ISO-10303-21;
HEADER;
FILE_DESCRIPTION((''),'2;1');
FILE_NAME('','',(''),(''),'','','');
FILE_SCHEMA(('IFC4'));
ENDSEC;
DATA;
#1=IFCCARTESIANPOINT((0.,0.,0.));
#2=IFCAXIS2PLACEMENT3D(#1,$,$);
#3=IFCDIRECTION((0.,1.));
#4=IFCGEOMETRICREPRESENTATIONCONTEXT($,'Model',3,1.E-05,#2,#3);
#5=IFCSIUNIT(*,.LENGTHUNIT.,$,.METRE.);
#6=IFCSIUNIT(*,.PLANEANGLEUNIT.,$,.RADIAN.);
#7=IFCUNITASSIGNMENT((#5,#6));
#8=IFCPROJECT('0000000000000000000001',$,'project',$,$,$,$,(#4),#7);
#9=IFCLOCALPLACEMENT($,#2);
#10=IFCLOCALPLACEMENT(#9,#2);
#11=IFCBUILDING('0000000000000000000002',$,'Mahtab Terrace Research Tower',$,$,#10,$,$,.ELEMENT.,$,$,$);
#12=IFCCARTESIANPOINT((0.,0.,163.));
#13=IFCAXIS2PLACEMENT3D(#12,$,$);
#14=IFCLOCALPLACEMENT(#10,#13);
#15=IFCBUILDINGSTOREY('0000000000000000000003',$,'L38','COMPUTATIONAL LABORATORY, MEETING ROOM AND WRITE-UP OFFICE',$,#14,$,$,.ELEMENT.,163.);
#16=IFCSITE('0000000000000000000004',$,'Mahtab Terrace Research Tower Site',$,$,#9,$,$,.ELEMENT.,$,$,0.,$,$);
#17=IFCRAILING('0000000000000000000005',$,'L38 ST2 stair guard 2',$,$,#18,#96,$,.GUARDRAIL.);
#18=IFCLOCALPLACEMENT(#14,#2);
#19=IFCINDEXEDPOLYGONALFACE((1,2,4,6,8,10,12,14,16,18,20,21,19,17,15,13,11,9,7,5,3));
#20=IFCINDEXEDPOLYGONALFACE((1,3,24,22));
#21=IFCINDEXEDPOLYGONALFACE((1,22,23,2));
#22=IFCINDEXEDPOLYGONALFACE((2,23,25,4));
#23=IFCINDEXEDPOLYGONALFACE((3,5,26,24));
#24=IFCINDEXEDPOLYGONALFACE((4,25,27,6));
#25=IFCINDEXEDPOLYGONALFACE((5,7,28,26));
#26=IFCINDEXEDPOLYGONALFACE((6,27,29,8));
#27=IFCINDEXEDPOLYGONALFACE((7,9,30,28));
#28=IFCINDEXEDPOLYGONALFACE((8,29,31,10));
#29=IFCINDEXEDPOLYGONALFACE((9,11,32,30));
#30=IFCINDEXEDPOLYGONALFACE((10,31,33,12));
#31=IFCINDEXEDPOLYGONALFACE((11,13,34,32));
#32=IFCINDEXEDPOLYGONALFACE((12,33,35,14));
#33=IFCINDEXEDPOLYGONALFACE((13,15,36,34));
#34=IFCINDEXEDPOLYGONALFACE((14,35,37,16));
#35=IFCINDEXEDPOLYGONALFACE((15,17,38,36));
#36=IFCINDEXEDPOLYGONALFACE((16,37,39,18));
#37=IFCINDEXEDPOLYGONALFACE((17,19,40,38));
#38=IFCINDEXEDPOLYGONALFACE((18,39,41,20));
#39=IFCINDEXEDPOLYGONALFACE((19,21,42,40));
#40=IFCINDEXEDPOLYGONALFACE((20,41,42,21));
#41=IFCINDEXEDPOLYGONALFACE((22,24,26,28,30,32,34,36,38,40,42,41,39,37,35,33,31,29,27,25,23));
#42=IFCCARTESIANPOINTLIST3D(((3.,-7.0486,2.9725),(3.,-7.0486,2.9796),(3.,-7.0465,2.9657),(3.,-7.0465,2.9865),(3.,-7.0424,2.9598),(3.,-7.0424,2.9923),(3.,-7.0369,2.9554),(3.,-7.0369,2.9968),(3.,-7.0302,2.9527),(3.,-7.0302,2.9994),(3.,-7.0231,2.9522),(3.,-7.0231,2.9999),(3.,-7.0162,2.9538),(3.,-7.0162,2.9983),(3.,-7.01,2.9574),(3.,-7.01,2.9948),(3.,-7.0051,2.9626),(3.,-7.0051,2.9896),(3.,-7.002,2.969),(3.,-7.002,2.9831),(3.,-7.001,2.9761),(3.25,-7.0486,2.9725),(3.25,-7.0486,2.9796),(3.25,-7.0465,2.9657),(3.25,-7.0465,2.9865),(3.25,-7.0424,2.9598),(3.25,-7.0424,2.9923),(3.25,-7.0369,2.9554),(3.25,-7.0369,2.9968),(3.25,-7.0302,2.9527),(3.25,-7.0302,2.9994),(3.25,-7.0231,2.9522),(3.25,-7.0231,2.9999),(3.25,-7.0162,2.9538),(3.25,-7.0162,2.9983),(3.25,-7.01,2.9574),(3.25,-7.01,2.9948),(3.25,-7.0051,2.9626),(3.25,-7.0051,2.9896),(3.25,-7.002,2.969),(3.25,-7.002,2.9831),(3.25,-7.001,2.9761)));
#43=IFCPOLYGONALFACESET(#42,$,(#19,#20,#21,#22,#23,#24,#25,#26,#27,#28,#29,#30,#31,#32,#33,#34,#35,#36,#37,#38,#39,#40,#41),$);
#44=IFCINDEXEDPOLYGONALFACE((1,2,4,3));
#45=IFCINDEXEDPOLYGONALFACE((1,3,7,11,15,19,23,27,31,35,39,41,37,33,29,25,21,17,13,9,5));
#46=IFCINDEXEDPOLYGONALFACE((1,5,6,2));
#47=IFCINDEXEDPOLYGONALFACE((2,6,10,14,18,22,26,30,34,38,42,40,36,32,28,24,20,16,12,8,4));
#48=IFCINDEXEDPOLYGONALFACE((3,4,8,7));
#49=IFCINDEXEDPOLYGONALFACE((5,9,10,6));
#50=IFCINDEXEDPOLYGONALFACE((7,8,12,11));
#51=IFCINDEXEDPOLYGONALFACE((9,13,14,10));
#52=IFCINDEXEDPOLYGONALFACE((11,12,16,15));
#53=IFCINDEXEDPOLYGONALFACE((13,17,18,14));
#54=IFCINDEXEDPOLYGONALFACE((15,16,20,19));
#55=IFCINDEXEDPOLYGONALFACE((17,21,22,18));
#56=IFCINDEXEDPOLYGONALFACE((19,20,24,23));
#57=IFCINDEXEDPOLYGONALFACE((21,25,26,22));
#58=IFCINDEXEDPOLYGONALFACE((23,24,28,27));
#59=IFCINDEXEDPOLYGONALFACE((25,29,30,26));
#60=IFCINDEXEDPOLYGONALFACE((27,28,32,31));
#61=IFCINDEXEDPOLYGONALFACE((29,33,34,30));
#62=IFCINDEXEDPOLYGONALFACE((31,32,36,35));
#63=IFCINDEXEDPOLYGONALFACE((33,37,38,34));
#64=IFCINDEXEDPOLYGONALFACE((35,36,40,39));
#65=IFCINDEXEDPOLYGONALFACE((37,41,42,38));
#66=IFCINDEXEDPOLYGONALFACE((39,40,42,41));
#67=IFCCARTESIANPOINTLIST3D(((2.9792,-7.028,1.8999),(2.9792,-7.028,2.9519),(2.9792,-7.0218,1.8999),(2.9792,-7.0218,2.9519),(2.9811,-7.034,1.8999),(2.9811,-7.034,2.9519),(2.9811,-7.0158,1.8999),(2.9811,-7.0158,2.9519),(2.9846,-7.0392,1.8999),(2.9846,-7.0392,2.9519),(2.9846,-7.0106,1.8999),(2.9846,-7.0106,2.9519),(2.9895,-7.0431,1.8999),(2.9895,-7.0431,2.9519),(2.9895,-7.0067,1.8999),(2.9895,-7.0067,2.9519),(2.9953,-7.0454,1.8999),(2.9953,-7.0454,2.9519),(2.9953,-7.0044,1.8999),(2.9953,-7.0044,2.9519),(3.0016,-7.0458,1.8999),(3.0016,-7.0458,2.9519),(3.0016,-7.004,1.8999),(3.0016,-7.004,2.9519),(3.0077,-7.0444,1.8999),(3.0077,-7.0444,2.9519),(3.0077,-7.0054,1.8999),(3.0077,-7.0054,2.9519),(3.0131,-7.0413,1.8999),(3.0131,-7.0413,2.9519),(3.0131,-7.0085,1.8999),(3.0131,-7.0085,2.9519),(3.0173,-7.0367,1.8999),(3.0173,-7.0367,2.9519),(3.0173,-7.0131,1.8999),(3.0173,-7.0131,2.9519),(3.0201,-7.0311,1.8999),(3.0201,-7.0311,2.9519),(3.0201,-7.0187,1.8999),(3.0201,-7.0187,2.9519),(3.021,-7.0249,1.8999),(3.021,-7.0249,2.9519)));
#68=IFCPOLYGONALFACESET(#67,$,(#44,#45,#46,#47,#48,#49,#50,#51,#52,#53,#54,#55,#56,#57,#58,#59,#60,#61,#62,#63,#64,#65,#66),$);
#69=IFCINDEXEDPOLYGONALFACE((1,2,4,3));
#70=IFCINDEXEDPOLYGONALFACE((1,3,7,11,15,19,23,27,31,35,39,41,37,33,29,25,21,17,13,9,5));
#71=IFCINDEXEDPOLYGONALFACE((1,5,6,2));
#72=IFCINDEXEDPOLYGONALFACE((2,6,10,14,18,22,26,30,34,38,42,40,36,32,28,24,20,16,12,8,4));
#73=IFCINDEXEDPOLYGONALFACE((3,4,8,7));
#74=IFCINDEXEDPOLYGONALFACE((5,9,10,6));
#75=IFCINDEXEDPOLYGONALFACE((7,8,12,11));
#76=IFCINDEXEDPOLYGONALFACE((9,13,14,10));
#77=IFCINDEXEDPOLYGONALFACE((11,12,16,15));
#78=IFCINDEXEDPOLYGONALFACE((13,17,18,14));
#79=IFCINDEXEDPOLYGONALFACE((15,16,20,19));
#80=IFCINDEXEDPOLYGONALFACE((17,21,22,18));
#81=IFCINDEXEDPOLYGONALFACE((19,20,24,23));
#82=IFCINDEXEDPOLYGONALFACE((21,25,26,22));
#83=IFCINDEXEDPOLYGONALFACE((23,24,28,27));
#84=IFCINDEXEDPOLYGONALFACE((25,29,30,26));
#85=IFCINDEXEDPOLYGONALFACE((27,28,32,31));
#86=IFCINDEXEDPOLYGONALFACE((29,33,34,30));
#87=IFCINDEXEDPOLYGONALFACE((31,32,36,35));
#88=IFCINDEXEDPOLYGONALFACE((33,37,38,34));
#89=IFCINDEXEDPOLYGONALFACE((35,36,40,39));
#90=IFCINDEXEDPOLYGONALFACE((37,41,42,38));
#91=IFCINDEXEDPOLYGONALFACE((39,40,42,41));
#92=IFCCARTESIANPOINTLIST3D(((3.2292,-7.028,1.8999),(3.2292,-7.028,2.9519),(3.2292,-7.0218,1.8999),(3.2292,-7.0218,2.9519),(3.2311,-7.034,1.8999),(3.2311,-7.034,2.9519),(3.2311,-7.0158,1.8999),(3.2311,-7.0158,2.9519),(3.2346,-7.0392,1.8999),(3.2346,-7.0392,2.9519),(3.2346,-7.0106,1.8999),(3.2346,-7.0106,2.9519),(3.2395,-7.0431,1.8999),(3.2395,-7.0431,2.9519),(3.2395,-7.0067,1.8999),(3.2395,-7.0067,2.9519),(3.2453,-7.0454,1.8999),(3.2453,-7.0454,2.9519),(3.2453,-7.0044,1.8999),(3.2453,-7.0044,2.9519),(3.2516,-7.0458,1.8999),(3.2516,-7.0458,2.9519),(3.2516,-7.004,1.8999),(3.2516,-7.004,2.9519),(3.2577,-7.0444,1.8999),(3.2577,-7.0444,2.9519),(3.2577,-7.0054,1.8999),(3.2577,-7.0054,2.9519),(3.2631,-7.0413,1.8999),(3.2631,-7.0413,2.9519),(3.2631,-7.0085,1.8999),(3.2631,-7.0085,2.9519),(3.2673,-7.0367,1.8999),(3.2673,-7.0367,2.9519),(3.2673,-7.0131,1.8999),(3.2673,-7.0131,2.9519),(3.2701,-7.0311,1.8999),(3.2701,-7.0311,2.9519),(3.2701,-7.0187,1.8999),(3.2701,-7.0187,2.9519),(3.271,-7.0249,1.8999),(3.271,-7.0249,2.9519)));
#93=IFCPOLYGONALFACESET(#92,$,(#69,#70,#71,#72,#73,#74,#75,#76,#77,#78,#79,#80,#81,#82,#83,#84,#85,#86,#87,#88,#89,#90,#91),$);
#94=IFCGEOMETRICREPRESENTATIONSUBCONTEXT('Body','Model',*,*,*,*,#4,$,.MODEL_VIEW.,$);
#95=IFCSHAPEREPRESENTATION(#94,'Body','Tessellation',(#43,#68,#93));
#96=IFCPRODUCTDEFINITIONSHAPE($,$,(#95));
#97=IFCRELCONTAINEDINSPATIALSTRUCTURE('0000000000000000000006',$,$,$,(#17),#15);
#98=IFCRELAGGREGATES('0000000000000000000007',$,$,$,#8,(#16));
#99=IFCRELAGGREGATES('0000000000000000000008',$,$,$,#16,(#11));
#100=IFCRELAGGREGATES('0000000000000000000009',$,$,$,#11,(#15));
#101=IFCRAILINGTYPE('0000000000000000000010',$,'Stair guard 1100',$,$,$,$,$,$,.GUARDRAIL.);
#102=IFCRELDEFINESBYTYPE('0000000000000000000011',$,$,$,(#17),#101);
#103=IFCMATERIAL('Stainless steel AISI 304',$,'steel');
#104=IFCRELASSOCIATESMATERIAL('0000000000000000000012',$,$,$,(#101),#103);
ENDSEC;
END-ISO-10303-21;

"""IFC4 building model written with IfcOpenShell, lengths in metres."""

from ifc_helpers import new_model, si_unit, direction, frame, origin, origin_2d, place, context, subcontext, project, spatial, circle, extrude, material, type_object, element, save


model = new_model("IFC4")

# Units and contexts
model_context = context("Model", 3, precision=1e-05, world=origin(), true_north=direction((0.0, 1.0)))
body_context = subcontext(model_context, "Body", "Model", "MODEL_VIEW")
ifc_project = project(units=[si_unit("LENGTHUNIT", "METRE"), si_unit("PLANEANGLEUNIT", "RADIAN")], contexts=[model_context])

# Site, building, storey
site_placement = place(None, origin())
site = spatial("IfcSite", under=ifc_project, at=site_placement, Name="Mahtab Terrace Research Tower Site", CompositionType="ELEMENT", RefElevation=0.0)
building_placement = place(site_placement, origin())
building = spatial("IfcBuilding", under=site, at=building_placement, Name="Mahtab Terrace Research Tower", CompositionType="ELEMENT")
storey_placement = place(building_placement, frame((0.0, 0.0, 163.0)))
storey = spatial("IfcBuildingStorey", under=building, at=storey_placement, Name="L38", Description="COMPUTATIONAL LABORATORY, MEETING ROOM AND WRITE-UP OFFICE", CompositionType="ELEMENT", Elevation=163.0)

# Railing
ifc_material_1 = material(Name="Stainless steel AISI 304", Category="steel")
railing_type_1 = type_object("IfcRailingType", Name="Stair guard 1100", PredefinedType="GUARDRAIL", material=ifc_material_1)
railing_1_placement = place(storey_placement, frame((3.0, -7.0249, 1.8999)))
element("IfcRailing", 1, at=railing_1_placement, inside=storey, type_object=railing_type_1, Name="L38 ST2 stair guard 2", PredefinedType="GUARDRAIL", context=body_context, shape_type="SweptSolid", body=[
    extrude(circle(Radius=0.0239, at=origin_2d()), frame((0.0, 0.0, 1.0762), z_axis=(1.0, 0.0, 0.0), x_axis=(0.0, 1.0, 0.0)), (0.0, 0.0, 1.0), 0.25),
    extrude(circle(Radius=0.021, at=origin_2d()), origin(), (0.0, 0.0, 1.0), 1.052),
    extrude(circle(Radius=0.021, at=origin_2d()), frame((0.25, 0.0, 0.0)), (0.0, 0.0, 1.0), 1.052),
])

save(model, "model.ifc")
